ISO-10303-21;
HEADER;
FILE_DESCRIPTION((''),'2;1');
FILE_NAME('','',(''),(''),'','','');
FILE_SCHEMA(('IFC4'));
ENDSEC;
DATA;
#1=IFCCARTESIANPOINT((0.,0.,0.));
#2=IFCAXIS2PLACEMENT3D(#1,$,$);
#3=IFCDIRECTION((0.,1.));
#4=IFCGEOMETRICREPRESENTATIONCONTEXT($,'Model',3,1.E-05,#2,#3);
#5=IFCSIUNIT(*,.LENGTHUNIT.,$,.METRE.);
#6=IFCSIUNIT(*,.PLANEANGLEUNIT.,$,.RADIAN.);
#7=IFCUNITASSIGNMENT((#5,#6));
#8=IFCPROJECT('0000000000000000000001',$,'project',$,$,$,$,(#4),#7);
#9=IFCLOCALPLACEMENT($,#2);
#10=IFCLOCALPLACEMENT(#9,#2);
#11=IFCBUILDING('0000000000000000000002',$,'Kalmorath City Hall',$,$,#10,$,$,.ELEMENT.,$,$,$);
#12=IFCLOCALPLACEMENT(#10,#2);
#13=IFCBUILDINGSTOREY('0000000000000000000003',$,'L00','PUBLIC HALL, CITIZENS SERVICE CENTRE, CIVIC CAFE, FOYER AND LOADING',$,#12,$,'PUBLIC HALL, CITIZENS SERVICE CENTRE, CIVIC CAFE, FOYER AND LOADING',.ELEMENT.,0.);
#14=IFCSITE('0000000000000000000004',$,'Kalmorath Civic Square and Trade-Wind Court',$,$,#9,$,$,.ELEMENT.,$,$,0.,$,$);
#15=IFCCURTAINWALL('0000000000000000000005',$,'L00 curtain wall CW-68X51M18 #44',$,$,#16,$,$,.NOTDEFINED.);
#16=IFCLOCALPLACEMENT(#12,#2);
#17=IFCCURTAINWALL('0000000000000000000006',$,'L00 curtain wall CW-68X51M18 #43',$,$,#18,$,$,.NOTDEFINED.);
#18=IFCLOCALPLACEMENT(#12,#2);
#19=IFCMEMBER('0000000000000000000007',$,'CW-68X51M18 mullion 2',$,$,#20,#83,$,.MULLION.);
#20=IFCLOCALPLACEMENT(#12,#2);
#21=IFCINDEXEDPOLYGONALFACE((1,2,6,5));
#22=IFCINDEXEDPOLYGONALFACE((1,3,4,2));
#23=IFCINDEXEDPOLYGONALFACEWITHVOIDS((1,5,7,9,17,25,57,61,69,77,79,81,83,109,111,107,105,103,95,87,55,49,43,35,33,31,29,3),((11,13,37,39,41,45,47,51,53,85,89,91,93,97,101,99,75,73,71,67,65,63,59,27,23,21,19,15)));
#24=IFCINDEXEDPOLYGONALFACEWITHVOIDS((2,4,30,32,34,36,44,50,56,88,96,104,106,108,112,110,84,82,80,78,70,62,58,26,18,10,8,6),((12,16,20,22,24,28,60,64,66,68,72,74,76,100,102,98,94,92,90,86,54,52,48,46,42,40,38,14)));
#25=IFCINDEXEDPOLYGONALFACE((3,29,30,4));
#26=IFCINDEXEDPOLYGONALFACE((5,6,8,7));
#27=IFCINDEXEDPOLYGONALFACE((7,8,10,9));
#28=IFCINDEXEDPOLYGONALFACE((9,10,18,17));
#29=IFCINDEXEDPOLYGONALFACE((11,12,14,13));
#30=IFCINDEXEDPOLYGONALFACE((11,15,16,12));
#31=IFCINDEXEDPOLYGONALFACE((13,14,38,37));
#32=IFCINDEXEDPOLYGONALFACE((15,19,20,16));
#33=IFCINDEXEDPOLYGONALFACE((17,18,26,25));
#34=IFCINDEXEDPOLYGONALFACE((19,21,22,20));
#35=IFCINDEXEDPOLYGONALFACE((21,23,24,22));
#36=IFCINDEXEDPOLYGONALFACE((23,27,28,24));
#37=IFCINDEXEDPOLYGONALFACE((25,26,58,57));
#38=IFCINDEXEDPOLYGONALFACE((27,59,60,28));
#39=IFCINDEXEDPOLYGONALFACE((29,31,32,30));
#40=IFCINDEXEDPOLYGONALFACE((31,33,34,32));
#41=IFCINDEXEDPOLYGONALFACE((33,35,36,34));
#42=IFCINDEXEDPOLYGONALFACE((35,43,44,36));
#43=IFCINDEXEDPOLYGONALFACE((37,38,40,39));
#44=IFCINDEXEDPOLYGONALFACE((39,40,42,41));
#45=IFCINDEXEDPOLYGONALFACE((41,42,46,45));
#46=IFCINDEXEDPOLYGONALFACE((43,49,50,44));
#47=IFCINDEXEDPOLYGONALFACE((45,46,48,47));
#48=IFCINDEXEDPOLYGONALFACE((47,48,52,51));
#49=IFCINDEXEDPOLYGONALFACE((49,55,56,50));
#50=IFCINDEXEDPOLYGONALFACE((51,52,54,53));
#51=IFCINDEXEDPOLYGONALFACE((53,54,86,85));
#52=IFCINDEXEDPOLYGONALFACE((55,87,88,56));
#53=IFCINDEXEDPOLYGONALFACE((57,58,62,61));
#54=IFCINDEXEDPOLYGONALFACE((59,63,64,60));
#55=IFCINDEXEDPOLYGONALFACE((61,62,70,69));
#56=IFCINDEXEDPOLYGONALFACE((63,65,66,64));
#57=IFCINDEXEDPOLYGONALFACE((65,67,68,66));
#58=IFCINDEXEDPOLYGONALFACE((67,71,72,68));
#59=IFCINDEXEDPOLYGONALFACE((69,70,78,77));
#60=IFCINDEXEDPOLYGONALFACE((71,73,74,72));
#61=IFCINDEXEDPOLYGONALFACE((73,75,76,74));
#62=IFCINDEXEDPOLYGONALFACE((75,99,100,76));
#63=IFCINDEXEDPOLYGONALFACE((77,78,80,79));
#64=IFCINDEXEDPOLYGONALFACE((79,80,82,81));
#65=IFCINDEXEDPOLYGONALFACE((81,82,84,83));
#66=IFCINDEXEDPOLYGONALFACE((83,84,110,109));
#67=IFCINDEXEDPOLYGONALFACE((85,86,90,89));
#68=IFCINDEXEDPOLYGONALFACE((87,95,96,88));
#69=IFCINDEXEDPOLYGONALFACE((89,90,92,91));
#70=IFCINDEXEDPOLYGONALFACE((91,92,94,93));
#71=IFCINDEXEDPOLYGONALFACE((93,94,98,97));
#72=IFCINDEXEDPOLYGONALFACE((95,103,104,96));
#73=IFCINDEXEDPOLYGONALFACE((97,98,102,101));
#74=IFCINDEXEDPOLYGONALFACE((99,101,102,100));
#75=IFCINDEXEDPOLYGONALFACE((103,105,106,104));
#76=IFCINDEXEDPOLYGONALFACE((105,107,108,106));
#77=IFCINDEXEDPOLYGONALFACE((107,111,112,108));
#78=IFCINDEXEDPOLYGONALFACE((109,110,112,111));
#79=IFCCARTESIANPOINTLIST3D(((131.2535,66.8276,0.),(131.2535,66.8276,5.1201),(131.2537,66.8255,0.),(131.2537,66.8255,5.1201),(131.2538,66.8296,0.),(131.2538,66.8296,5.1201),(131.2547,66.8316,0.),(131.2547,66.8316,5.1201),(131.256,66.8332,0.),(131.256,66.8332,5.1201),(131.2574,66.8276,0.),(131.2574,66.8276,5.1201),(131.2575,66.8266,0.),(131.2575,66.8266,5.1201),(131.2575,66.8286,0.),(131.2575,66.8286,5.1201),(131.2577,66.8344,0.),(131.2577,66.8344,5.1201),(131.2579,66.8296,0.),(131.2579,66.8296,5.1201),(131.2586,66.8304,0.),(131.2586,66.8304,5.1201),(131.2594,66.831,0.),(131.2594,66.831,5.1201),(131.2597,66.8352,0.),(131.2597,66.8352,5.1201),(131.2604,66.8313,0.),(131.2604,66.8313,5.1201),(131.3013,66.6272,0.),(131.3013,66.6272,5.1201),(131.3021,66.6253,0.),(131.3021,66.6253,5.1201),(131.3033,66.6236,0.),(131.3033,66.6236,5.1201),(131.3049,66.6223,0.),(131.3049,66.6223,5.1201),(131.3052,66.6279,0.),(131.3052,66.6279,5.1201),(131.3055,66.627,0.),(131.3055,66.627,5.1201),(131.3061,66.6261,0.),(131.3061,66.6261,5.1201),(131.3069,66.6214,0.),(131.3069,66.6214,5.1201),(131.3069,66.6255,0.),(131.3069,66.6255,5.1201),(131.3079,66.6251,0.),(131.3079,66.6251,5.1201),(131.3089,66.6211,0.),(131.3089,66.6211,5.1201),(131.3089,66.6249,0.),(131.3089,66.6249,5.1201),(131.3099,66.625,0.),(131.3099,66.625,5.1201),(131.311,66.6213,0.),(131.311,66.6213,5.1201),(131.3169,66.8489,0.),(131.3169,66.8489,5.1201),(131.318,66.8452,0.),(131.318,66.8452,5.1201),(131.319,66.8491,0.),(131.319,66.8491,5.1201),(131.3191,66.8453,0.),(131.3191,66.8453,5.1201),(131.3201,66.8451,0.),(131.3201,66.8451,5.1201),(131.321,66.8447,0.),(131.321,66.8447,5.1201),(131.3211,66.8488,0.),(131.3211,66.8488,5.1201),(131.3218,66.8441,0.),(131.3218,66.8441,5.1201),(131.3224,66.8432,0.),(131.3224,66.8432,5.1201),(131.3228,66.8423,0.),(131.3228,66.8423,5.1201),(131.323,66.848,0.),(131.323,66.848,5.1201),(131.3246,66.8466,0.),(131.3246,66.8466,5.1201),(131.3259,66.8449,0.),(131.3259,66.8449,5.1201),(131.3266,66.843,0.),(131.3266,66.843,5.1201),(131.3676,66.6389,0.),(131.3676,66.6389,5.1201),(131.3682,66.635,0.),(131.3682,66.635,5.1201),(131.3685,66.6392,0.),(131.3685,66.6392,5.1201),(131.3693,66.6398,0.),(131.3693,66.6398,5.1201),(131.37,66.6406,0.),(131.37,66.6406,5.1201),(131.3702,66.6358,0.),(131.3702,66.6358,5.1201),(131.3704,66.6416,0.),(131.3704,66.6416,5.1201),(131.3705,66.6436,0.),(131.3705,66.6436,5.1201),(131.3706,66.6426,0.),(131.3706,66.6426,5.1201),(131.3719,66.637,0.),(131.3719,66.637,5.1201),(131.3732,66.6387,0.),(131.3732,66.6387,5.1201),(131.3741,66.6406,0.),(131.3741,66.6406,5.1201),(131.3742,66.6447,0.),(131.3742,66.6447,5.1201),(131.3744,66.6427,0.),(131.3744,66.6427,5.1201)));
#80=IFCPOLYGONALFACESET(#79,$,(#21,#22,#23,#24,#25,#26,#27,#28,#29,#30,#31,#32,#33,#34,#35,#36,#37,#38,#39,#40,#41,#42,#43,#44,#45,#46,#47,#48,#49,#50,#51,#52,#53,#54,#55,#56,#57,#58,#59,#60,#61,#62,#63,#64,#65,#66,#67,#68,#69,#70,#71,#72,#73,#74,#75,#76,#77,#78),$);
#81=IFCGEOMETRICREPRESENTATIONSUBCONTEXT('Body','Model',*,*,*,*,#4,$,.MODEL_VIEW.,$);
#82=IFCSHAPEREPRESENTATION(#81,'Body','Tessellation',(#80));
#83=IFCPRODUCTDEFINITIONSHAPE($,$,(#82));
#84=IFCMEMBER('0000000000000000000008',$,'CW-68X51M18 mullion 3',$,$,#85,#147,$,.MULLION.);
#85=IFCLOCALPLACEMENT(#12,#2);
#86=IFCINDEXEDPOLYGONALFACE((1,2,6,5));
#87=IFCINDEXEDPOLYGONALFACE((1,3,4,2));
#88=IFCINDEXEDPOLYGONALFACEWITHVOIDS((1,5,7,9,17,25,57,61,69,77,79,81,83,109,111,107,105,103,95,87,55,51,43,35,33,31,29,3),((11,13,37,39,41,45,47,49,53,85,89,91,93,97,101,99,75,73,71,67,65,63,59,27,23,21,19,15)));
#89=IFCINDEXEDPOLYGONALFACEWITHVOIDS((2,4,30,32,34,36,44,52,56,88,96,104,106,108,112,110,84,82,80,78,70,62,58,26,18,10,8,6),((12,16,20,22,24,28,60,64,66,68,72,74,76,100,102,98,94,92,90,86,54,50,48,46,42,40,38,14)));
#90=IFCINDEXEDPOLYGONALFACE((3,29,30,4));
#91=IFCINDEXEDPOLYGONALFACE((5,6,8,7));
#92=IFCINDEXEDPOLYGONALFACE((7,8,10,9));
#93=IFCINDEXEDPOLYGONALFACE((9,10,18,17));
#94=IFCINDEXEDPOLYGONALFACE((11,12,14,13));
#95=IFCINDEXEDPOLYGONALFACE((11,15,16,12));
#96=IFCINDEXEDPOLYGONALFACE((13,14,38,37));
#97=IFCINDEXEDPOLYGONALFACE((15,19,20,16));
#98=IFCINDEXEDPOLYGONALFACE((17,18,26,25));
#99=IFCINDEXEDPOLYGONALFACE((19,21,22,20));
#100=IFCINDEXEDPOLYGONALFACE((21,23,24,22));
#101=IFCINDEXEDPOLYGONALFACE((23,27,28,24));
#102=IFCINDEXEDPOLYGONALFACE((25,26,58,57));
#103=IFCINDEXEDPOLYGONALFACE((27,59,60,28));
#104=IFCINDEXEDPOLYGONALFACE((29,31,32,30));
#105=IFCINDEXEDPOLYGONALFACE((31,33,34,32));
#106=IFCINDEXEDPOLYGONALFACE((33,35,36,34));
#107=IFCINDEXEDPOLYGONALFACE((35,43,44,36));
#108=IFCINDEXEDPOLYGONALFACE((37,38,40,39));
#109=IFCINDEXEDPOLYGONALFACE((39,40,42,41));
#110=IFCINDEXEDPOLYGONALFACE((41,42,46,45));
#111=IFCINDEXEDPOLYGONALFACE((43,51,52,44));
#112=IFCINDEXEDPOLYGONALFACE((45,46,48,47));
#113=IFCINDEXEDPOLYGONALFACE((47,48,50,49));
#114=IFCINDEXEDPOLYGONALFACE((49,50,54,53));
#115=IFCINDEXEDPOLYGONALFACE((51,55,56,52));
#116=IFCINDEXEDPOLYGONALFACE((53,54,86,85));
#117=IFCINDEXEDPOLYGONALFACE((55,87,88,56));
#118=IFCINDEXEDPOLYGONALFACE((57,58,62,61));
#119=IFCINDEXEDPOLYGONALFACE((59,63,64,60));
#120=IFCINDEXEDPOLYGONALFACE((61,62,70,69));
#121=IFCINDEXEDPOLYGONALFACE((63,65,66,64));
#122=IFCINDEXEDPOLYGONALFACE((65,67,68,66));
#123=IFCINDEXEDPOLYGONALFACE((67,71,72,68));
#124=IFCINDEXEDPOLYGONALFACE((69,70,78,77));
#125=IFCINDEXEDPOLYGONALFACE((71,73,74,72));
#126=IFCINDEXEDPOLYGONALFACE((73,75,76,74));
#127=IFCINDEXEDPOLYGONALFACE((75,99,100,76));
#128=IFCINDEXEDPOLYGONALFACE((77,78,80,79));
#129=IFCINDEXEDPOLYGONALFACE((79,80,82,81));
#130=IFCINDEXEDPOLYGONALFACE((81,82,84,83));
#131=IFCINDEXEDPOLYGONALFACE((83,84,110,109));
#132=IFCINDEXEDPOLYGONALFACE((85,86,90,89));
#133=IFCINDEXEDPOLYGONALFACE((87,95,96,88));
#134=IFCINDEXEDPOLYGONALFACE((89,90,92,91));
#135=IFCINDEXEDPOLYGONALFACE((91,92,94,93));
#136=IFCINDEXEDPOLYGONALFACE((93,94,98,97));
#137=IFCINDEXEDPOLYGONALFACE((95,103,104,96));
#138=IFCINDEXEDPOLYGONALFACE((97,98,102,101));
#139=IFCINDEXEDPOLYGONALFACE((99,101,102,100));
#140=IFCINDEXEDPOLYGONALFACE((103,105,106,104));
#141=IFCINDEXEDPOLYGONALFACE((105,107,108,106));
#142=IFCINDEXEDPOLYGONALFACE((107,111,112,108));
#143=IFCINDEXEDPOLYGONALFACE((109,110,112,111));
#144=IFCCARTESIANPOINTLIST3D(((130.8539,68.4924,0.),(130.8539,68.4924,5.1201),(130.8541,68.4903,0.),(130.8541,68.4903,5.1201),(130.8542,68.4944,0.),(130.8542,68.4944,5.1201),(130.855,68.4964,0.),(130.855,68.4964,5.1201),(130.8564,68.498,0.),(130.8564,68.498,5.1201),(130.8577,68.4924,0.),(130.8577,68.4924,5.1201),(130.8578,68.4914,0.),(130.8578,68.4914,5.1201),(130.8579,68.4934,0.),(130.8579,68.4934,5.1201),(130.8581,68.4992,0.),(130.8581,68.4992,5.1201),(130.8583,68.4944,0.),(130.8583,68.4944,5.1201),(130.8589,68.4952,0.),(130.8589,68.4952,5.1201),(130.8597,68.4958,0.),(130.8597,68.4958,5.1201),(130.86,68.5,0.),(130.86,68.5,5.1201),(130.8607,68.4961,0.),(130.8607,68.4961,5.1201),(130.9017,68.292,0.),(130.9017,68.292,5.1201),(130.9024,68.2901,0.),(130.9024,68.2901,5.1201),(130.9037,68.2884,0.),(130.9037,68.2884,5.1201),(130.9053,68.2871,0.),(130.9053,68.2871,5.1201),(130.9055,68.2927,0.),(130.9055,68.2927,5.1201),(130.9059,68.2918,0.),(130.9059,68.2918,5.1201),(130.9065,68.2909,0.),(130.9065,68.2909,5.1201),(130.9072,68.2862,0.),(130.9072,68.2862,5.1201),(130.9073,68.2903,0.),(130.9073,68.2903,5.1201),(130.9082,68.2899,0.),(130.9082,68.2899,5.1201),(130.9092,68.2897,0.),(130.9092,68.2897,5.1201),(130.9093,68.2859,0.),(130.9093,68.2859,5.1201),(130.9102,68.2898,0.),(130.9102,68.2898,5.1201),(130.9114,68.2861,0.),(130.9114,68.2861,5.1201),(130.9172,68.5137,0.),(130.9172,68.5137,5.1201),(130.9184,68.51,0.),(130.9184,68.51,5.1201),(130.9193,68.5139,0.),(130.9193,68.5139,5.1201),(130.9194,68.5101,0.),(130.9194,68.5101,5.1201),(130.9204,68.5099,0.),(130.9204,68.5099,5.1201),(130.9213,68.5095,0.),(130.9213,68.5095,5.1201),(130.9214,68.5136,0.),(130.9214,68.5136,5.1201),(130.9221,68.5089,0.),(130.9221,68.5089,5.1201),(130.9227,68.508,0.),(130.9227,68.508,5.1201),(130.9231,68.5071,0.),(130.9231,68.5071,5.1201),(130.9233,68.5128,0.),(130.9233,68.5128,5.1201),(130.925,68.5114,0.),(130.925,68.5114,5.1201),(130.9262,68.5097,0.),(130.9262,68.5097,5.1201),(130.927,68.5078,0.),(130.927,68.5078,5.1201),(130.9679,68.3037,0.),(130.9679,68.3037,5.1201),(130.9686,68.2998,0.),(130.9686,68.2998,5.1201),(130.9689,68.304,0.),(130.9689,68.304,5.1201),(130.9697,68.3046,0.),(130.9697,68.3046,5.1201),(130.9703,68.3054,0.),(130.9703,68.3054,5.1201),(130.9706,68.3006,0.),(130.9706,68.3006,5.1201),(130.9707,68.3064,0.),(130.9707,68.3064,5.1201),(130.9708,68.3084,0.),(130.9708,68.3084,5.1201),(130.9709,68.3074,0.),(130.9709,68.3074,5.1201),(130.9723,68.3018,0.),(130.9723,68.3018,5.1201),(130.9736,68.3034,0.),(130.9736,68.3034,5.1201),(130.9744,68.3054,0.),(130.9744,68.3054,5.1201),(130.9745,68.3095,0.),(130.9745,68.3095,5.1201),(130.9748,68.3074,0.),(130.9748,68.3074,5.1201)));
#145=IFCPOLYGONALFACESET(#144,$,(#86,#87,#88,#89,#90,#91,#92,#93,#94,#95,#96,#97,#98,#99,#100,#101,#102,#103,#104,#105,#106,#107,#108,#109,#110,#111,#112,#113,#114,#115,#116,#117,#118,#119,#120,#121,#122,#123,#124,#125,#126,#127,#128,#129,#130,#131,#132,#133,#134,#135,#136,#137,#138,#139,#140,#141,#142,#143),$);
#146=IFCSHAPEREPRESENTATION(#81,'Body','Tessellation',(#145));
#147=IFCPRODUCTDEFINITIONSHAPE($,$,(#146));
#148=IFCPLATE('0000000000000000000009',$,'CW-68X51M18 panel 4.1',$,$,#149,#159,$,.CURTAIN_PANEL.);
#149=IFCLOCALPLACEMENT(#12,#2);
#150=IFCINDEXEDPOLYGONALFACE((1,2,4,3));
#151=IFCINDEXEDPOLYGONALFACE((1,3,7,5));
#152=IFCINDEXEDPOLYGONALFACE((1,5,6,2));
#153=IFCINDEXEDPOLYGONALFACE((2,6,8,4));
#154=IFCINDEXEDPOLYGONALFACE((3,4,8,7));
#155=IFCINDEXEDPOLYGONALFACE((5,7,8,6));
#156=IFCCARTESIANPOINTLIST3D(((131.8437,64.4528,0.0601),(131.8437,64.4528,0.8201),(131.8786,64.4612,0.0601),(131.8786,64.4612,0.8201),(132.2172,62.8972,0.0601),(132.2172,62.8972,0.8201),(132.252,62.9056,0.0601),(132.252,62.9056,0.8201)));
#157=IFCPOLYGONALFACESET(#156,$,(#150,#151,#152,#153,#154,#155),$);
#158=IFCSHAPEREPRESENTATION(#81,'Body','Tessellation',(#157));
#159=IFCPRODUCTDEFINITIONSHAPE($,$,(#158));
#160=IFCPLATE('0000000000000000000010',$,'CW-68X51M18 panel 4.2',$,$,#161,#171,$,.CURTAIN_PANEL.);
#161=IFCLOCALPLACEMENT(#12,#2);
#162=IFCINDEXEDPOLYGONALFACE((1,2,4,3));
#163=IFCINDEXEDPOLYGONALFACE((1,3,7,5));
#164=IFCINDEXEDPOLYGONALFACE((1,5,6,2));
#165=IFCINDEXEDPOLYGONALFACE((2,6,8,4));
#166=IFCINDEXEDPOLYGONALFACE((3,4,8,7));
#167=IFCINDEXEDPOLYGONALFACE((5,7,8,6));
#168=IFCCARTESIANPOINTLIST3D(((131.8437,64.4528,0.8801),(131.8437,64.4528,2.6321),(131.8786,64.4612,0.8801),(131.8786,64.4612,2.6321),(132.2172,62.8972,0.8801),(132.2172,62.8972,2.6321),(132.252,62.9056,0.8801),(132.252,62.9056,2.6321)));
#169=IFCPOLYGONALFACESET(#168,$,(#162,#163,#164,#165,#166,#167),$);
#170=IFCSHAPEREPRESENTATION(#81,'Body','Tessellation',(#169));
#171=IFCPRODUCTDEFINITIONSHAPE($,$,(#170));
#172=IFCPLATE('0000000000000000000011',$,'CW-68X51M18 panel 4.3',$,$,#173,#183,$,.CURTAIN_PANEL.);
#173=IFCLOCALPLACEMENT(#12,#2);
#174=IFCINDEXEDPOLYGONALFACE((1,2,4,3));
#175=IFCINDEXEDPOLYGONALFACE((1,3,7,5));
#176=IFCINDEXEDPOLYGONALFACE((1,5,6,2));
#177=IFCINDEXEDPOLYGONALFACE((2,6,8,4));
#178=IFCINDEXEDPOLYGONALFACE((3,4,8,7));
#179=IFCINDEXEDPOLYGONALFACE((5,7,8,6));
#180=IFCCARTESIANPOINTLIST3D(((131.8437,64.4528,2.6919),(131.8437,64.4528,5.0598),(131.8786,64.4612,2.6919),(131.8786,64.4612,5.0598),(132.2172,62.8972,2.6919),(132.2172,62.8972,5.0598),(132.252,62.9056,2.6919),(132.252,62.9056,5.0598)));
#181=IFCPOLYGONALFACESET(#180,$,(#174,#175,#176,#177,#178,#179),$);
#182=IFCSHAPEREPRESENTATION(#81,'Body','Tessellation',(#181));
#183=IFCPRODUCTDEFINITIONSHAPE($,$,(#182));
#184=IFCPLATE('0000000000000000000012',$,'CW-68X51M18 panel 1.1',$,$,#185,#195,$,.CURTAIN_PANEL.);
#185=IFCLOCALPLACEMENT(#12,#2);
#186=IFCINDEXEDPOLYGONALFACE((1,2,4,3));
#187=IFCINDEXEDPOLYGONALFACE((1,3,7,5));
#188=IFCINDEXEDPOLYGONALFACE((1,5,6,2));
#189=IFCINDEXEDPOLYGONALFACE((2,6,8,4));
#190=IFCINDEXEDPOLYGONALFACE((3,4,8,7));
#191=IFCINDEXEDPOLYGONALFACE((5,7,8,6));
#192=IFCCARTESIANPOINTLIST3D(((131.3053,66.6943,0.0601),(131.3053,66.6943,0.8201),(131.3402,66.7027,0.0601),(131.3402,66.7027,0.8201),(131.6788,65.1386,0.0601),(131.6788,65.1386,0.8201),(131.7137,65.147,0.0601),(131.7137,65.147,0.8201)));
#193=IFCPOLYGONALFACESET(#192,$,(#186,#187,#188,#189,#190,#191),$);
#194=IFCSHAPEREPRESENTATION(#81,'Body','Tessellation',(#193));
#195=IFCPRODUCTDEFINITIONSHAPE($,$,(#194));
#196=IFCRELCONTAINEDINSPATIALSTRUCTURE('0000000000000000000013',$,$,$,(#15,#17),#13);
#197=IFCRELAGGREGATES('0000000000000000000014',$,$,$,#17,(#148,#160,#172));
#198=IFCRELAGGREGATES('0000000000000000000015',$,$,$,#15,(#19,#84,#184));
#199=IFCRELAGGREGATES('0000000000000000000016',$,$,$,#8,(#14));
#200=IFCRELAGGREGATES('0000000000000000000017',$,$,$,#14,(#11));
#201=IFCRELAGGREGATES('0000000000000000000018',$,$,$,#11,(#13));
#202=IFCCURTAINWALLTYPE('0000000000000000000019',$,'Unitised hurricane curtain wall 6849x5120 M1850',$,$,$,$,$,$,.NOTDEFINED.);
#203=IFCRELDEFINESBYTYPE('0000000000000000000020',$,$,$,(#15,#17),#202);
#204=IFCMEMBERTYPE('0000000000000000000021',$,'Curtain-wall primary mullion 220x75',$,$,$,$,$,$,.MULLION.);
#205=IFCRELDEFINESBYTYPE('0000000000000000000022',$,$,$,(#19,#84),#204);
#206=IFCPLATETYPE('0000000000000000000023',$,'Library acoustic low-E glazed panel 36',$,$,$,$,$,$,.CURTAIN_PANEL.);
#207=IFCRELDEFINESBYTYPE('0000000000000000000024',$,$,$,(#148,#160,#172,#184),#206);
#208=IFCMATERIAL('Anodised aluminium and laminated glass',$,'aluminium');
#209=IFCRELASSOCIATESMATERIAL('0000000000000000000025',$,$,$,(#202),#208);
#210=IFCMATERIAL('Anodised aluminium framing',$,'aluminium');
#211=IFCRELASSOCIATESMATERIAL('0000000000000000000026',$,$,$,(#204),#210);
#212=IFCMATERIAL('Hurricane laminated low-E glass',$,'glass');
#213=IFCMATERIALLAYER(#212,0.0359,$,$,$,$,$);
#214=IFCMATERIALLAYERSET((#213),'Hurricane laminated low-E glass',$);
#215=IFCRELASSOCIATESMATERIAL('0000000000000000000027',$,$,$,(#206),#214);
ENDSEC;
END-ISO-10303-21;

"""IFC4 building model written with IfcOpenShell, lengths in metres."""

from ifc_helpers import new_model, si_unit, direction, frame, origin, origin_2d, place, context, subcontext, project, spatial, rectangle, hollow_rectangle, extrude, material, layer, layer_set, material_profile, profile_set, type_object, element, aggregate, save


model = new_model("IFC4")

# Units and contexts
model_context = context("Model", 3, precision=1e-05, world=origin(), true_north=direction((0.0, 1.0)))
body_context = subcontext(model_context, "Body", "Model", "MODEL_VIEW")
ifc_project = project(units=[si_unit("LENGTHUNIT", "METRE"), si_unit("PLANEANGLEUNIT", "RADIAN")], contexts=[model_context])

# Site, building, storey
site_placement = place(None, origin())
site = spatial("IfcSite", under=ifc_project, at=site_placement, Name="Kalmorath Civic Square and Trade-Wind Court", CompositionType="ELEMENT", RefElevation=0.0)
building_placement = place(site_placement, origin())
building = spatial("IfcBuilding", under=site, at=building_placement, Name="Kalmorath City Hall", CompositionType="ELEMENT")
storey_placement = place(building_placement, origin())
storey = spatial("IfcBuildingStorey", under=building, at=storey_placement, Name="L00", Description="PUBLIC HALL, CITIZENS SERVICE CENTRE, CIVIC CAFE, FOYER AND LOADING", LongName="PUBLIC HALL, CITIZENS SERVICE CENTRE, CIVIC CAFE, FOYER AND LOADING", CompositionType="ELEMENT", Elevation=0.0)

# Curtain wall
ifc_material_1 = material(Name="Anodised aluminium and laminated glass", Category="aluminium")
curtain_wall_type = type_object("IfcCurtainWallType", Name="Unitised hurricane curtain wall 6849x5120 M1850", PredefinedType="NOTDEFINED", material=ifc_material_1)
curtain_wall_1_placement = place(storey_placement, origin())
curtain_wall_1 = element("IfcCurtainWall", 1, at=curtain_wall_1_placement, inside=storey, type_object=curtain_wall_type, Name="L00 curtain wall CW-68X51M18 #44", PredefinedType="NOTDEFINED")

# Curtain wall
curtain_wall_2_placement = place(storey_placement, origin())
curtain_wall_2 = element("IfcCurtainWall", 2, at=curtain_wall_2_placement, inside=storey, type_object=curtain_wall_type, Name="L00 curtain wall CW-68X51M18 #43", PredefinedType="NOTDEFINED")
ifc_material_2 = material(Name="Anodised aluminium framing", Category="aluminium")
ifc_material_profile_1 = material_profile(ifc_material_2, hollow_rectangle(XDim=0.075, YDim=0.22, WallThickness=0.0039, InnerFilletRadius=0.0039, OuterFilletRadius=0.0081, at=origin_2d()), Name="ALU-MUL-220X75X4")
ifc_profile_set_1 = profile_set([ifc_material_profile_1], Name="Anodised aluminium framing")
member_type_1 = type_object("IfcMemberType", Name="Curtain-wall primary mullion 220x75", PredefinedType="MULLION", material=ifc_profile_set_1)

# Members
member_1_placement = place(storey_placement, frame((131.314, 66.7351, 0.0), z_axis=(0.0, 0.0, 1.0), x_axis=(-0.972371, -0.233442, 0.0)))
member_1 = element("IfcMember", 3, at=member_1_placement, type_object=member_type_1, Name="CW-68X51M18 mullion 2", PredefinedType="MULLION", context=body_context, shape_type="SweptSolid", body=[
    extrude(hollow_rectangle(XDim=0.075, YDim=0.22, WallThickness=0.0039, InnerFilletRadius=0.0039, OuterFilletRadius=0.0081, at=origin_2d()), origin(), (0.0, 0.0, 1.0), 5.1201),
])
member_2_placement = place(storey_placement, frame((130.9143, 68.3999, 0.0), z_axis=(0.0, 0.0, 1.0), x_axis=(-0.972371, -0.233442, 0.0)))
member_2 = element("IfcMember", 4, at=member_2_placement, type_object=member_type_1, Name="CW-68X51M18 mullion 3", PredefinedType="MULLION", context=body_context, shape_type="SweptSolid", body=[
    extrude(hollow_rectangle(XDim=0.075, YDim=0.22, WallThickness=0.0039, InnerFilletRadius=0.0039, OuterFilletRadius=0.0081, at=origin_2d()), origin(), (0.0, 0.0, 1.0), 5.1201),
])

# Plates
ifc_material_3 = material(Name="Hurricane laminated low-E glass", Category="glass")
ifc_layer_1 = layer(ifc_material_3, 0.0359)
ifc_layer_set_1 = layer_set([ifc_layer_1], Name="Hurricane laminated low-E glass")
plate_type = type_object("IfcPlateType", Name="Library acoustic low-E glazed panel 36", PredefinedType="CURTAIN_PANEL", material=ifc_layer_set_1)
plate_1_placement = place(storey_placement, frame((132.0479, 63.6792, 0.0601), z_axis=(0.0, 0.0, 1.0), x_axis=(-0.233456, 0.972367, 0.0)))
plate_1 = element("IfcPlate", 5, at=plate_1_placement, type_object=plate_type, Name="CW-68X51M18 panel 4.1", PredefinedType="CURTAIN_PANEL", context=body_context, shape_type="SweptSolid", body=[
    extrude(rectangle(XDim=1.5999, YDim=0.0359, at=origin_2d()), origin(), (0.0, 0.0, 1.0), 0.76),
])
plate_2_placement = place(storey_placement, frame((132.0479, 63.6792, 0.8801), z_axis=(0.0, 0.0, 1.0), x_axis=(-0.233456, 0.972367, 0.0)))
plate_2 = element("IfcPlate", 6, at=plate_2_placement, type_object=plate_type, Name="CW-68X51M18 panel 4.2", PredefinedType="CURTAIN_PANEL", context=body_context, shape_type="SweptSolid", body=[
    extrude(rectangle(XDim=1.5999, YDim=0.0359, at=origin_2d()), origin(), (0.0, 0.0, 1.0), 1.752),
])
plate_3_placement = place(storey_placement, frame((132.0479, 63.6792, 2.6919), z_axis=(0.0, 0.0, 1.0), x_axis=(-0.233456, 0.972367, 0.0)))
plate_3 = element("IfcPlate", 7, at=plate_3_placement, type_object=plate_type, Name="CW-68X51M18 panel 4.3", PredefinedType="CURTAIN_PANEL", context=body_context, shape_type="SweptSolid", body=[
    extrude(rectangle(XDim=1.5999, YDim=0.0359, at=origin_2d()), origin(), (0.0, 0.0, 1.0), 2.3679),
])
aggregate(curtain_wall_2, [plate_1, plate_2, plate_3])
plate_4_placement = place(storey_placement, frame((131.5095, 65.9207, 0.0601), z_axis=(0.0, 0.0, 1.0), x_axis=(-0.233442, 0.972371, 0.0)))
plate_4 = element("IfcPlate", 8, at=plate_4_placement, type_object=plate_type, Name="CW-68X51M18 panel 1.1", PredefinedType="CURTAIN_PANEL", context=body_context, shape_type="SweptSolid", body=[
    extrude(rectangle(XDim=1.5999, YDim=0.0359, at=origin_2d()), origin(), (0.0, 0.0, 1.0), 0.76),
])
aggregate(curtain_wall_1, [member_1, member_2, plate_4])

save(model, "model.ifc")
